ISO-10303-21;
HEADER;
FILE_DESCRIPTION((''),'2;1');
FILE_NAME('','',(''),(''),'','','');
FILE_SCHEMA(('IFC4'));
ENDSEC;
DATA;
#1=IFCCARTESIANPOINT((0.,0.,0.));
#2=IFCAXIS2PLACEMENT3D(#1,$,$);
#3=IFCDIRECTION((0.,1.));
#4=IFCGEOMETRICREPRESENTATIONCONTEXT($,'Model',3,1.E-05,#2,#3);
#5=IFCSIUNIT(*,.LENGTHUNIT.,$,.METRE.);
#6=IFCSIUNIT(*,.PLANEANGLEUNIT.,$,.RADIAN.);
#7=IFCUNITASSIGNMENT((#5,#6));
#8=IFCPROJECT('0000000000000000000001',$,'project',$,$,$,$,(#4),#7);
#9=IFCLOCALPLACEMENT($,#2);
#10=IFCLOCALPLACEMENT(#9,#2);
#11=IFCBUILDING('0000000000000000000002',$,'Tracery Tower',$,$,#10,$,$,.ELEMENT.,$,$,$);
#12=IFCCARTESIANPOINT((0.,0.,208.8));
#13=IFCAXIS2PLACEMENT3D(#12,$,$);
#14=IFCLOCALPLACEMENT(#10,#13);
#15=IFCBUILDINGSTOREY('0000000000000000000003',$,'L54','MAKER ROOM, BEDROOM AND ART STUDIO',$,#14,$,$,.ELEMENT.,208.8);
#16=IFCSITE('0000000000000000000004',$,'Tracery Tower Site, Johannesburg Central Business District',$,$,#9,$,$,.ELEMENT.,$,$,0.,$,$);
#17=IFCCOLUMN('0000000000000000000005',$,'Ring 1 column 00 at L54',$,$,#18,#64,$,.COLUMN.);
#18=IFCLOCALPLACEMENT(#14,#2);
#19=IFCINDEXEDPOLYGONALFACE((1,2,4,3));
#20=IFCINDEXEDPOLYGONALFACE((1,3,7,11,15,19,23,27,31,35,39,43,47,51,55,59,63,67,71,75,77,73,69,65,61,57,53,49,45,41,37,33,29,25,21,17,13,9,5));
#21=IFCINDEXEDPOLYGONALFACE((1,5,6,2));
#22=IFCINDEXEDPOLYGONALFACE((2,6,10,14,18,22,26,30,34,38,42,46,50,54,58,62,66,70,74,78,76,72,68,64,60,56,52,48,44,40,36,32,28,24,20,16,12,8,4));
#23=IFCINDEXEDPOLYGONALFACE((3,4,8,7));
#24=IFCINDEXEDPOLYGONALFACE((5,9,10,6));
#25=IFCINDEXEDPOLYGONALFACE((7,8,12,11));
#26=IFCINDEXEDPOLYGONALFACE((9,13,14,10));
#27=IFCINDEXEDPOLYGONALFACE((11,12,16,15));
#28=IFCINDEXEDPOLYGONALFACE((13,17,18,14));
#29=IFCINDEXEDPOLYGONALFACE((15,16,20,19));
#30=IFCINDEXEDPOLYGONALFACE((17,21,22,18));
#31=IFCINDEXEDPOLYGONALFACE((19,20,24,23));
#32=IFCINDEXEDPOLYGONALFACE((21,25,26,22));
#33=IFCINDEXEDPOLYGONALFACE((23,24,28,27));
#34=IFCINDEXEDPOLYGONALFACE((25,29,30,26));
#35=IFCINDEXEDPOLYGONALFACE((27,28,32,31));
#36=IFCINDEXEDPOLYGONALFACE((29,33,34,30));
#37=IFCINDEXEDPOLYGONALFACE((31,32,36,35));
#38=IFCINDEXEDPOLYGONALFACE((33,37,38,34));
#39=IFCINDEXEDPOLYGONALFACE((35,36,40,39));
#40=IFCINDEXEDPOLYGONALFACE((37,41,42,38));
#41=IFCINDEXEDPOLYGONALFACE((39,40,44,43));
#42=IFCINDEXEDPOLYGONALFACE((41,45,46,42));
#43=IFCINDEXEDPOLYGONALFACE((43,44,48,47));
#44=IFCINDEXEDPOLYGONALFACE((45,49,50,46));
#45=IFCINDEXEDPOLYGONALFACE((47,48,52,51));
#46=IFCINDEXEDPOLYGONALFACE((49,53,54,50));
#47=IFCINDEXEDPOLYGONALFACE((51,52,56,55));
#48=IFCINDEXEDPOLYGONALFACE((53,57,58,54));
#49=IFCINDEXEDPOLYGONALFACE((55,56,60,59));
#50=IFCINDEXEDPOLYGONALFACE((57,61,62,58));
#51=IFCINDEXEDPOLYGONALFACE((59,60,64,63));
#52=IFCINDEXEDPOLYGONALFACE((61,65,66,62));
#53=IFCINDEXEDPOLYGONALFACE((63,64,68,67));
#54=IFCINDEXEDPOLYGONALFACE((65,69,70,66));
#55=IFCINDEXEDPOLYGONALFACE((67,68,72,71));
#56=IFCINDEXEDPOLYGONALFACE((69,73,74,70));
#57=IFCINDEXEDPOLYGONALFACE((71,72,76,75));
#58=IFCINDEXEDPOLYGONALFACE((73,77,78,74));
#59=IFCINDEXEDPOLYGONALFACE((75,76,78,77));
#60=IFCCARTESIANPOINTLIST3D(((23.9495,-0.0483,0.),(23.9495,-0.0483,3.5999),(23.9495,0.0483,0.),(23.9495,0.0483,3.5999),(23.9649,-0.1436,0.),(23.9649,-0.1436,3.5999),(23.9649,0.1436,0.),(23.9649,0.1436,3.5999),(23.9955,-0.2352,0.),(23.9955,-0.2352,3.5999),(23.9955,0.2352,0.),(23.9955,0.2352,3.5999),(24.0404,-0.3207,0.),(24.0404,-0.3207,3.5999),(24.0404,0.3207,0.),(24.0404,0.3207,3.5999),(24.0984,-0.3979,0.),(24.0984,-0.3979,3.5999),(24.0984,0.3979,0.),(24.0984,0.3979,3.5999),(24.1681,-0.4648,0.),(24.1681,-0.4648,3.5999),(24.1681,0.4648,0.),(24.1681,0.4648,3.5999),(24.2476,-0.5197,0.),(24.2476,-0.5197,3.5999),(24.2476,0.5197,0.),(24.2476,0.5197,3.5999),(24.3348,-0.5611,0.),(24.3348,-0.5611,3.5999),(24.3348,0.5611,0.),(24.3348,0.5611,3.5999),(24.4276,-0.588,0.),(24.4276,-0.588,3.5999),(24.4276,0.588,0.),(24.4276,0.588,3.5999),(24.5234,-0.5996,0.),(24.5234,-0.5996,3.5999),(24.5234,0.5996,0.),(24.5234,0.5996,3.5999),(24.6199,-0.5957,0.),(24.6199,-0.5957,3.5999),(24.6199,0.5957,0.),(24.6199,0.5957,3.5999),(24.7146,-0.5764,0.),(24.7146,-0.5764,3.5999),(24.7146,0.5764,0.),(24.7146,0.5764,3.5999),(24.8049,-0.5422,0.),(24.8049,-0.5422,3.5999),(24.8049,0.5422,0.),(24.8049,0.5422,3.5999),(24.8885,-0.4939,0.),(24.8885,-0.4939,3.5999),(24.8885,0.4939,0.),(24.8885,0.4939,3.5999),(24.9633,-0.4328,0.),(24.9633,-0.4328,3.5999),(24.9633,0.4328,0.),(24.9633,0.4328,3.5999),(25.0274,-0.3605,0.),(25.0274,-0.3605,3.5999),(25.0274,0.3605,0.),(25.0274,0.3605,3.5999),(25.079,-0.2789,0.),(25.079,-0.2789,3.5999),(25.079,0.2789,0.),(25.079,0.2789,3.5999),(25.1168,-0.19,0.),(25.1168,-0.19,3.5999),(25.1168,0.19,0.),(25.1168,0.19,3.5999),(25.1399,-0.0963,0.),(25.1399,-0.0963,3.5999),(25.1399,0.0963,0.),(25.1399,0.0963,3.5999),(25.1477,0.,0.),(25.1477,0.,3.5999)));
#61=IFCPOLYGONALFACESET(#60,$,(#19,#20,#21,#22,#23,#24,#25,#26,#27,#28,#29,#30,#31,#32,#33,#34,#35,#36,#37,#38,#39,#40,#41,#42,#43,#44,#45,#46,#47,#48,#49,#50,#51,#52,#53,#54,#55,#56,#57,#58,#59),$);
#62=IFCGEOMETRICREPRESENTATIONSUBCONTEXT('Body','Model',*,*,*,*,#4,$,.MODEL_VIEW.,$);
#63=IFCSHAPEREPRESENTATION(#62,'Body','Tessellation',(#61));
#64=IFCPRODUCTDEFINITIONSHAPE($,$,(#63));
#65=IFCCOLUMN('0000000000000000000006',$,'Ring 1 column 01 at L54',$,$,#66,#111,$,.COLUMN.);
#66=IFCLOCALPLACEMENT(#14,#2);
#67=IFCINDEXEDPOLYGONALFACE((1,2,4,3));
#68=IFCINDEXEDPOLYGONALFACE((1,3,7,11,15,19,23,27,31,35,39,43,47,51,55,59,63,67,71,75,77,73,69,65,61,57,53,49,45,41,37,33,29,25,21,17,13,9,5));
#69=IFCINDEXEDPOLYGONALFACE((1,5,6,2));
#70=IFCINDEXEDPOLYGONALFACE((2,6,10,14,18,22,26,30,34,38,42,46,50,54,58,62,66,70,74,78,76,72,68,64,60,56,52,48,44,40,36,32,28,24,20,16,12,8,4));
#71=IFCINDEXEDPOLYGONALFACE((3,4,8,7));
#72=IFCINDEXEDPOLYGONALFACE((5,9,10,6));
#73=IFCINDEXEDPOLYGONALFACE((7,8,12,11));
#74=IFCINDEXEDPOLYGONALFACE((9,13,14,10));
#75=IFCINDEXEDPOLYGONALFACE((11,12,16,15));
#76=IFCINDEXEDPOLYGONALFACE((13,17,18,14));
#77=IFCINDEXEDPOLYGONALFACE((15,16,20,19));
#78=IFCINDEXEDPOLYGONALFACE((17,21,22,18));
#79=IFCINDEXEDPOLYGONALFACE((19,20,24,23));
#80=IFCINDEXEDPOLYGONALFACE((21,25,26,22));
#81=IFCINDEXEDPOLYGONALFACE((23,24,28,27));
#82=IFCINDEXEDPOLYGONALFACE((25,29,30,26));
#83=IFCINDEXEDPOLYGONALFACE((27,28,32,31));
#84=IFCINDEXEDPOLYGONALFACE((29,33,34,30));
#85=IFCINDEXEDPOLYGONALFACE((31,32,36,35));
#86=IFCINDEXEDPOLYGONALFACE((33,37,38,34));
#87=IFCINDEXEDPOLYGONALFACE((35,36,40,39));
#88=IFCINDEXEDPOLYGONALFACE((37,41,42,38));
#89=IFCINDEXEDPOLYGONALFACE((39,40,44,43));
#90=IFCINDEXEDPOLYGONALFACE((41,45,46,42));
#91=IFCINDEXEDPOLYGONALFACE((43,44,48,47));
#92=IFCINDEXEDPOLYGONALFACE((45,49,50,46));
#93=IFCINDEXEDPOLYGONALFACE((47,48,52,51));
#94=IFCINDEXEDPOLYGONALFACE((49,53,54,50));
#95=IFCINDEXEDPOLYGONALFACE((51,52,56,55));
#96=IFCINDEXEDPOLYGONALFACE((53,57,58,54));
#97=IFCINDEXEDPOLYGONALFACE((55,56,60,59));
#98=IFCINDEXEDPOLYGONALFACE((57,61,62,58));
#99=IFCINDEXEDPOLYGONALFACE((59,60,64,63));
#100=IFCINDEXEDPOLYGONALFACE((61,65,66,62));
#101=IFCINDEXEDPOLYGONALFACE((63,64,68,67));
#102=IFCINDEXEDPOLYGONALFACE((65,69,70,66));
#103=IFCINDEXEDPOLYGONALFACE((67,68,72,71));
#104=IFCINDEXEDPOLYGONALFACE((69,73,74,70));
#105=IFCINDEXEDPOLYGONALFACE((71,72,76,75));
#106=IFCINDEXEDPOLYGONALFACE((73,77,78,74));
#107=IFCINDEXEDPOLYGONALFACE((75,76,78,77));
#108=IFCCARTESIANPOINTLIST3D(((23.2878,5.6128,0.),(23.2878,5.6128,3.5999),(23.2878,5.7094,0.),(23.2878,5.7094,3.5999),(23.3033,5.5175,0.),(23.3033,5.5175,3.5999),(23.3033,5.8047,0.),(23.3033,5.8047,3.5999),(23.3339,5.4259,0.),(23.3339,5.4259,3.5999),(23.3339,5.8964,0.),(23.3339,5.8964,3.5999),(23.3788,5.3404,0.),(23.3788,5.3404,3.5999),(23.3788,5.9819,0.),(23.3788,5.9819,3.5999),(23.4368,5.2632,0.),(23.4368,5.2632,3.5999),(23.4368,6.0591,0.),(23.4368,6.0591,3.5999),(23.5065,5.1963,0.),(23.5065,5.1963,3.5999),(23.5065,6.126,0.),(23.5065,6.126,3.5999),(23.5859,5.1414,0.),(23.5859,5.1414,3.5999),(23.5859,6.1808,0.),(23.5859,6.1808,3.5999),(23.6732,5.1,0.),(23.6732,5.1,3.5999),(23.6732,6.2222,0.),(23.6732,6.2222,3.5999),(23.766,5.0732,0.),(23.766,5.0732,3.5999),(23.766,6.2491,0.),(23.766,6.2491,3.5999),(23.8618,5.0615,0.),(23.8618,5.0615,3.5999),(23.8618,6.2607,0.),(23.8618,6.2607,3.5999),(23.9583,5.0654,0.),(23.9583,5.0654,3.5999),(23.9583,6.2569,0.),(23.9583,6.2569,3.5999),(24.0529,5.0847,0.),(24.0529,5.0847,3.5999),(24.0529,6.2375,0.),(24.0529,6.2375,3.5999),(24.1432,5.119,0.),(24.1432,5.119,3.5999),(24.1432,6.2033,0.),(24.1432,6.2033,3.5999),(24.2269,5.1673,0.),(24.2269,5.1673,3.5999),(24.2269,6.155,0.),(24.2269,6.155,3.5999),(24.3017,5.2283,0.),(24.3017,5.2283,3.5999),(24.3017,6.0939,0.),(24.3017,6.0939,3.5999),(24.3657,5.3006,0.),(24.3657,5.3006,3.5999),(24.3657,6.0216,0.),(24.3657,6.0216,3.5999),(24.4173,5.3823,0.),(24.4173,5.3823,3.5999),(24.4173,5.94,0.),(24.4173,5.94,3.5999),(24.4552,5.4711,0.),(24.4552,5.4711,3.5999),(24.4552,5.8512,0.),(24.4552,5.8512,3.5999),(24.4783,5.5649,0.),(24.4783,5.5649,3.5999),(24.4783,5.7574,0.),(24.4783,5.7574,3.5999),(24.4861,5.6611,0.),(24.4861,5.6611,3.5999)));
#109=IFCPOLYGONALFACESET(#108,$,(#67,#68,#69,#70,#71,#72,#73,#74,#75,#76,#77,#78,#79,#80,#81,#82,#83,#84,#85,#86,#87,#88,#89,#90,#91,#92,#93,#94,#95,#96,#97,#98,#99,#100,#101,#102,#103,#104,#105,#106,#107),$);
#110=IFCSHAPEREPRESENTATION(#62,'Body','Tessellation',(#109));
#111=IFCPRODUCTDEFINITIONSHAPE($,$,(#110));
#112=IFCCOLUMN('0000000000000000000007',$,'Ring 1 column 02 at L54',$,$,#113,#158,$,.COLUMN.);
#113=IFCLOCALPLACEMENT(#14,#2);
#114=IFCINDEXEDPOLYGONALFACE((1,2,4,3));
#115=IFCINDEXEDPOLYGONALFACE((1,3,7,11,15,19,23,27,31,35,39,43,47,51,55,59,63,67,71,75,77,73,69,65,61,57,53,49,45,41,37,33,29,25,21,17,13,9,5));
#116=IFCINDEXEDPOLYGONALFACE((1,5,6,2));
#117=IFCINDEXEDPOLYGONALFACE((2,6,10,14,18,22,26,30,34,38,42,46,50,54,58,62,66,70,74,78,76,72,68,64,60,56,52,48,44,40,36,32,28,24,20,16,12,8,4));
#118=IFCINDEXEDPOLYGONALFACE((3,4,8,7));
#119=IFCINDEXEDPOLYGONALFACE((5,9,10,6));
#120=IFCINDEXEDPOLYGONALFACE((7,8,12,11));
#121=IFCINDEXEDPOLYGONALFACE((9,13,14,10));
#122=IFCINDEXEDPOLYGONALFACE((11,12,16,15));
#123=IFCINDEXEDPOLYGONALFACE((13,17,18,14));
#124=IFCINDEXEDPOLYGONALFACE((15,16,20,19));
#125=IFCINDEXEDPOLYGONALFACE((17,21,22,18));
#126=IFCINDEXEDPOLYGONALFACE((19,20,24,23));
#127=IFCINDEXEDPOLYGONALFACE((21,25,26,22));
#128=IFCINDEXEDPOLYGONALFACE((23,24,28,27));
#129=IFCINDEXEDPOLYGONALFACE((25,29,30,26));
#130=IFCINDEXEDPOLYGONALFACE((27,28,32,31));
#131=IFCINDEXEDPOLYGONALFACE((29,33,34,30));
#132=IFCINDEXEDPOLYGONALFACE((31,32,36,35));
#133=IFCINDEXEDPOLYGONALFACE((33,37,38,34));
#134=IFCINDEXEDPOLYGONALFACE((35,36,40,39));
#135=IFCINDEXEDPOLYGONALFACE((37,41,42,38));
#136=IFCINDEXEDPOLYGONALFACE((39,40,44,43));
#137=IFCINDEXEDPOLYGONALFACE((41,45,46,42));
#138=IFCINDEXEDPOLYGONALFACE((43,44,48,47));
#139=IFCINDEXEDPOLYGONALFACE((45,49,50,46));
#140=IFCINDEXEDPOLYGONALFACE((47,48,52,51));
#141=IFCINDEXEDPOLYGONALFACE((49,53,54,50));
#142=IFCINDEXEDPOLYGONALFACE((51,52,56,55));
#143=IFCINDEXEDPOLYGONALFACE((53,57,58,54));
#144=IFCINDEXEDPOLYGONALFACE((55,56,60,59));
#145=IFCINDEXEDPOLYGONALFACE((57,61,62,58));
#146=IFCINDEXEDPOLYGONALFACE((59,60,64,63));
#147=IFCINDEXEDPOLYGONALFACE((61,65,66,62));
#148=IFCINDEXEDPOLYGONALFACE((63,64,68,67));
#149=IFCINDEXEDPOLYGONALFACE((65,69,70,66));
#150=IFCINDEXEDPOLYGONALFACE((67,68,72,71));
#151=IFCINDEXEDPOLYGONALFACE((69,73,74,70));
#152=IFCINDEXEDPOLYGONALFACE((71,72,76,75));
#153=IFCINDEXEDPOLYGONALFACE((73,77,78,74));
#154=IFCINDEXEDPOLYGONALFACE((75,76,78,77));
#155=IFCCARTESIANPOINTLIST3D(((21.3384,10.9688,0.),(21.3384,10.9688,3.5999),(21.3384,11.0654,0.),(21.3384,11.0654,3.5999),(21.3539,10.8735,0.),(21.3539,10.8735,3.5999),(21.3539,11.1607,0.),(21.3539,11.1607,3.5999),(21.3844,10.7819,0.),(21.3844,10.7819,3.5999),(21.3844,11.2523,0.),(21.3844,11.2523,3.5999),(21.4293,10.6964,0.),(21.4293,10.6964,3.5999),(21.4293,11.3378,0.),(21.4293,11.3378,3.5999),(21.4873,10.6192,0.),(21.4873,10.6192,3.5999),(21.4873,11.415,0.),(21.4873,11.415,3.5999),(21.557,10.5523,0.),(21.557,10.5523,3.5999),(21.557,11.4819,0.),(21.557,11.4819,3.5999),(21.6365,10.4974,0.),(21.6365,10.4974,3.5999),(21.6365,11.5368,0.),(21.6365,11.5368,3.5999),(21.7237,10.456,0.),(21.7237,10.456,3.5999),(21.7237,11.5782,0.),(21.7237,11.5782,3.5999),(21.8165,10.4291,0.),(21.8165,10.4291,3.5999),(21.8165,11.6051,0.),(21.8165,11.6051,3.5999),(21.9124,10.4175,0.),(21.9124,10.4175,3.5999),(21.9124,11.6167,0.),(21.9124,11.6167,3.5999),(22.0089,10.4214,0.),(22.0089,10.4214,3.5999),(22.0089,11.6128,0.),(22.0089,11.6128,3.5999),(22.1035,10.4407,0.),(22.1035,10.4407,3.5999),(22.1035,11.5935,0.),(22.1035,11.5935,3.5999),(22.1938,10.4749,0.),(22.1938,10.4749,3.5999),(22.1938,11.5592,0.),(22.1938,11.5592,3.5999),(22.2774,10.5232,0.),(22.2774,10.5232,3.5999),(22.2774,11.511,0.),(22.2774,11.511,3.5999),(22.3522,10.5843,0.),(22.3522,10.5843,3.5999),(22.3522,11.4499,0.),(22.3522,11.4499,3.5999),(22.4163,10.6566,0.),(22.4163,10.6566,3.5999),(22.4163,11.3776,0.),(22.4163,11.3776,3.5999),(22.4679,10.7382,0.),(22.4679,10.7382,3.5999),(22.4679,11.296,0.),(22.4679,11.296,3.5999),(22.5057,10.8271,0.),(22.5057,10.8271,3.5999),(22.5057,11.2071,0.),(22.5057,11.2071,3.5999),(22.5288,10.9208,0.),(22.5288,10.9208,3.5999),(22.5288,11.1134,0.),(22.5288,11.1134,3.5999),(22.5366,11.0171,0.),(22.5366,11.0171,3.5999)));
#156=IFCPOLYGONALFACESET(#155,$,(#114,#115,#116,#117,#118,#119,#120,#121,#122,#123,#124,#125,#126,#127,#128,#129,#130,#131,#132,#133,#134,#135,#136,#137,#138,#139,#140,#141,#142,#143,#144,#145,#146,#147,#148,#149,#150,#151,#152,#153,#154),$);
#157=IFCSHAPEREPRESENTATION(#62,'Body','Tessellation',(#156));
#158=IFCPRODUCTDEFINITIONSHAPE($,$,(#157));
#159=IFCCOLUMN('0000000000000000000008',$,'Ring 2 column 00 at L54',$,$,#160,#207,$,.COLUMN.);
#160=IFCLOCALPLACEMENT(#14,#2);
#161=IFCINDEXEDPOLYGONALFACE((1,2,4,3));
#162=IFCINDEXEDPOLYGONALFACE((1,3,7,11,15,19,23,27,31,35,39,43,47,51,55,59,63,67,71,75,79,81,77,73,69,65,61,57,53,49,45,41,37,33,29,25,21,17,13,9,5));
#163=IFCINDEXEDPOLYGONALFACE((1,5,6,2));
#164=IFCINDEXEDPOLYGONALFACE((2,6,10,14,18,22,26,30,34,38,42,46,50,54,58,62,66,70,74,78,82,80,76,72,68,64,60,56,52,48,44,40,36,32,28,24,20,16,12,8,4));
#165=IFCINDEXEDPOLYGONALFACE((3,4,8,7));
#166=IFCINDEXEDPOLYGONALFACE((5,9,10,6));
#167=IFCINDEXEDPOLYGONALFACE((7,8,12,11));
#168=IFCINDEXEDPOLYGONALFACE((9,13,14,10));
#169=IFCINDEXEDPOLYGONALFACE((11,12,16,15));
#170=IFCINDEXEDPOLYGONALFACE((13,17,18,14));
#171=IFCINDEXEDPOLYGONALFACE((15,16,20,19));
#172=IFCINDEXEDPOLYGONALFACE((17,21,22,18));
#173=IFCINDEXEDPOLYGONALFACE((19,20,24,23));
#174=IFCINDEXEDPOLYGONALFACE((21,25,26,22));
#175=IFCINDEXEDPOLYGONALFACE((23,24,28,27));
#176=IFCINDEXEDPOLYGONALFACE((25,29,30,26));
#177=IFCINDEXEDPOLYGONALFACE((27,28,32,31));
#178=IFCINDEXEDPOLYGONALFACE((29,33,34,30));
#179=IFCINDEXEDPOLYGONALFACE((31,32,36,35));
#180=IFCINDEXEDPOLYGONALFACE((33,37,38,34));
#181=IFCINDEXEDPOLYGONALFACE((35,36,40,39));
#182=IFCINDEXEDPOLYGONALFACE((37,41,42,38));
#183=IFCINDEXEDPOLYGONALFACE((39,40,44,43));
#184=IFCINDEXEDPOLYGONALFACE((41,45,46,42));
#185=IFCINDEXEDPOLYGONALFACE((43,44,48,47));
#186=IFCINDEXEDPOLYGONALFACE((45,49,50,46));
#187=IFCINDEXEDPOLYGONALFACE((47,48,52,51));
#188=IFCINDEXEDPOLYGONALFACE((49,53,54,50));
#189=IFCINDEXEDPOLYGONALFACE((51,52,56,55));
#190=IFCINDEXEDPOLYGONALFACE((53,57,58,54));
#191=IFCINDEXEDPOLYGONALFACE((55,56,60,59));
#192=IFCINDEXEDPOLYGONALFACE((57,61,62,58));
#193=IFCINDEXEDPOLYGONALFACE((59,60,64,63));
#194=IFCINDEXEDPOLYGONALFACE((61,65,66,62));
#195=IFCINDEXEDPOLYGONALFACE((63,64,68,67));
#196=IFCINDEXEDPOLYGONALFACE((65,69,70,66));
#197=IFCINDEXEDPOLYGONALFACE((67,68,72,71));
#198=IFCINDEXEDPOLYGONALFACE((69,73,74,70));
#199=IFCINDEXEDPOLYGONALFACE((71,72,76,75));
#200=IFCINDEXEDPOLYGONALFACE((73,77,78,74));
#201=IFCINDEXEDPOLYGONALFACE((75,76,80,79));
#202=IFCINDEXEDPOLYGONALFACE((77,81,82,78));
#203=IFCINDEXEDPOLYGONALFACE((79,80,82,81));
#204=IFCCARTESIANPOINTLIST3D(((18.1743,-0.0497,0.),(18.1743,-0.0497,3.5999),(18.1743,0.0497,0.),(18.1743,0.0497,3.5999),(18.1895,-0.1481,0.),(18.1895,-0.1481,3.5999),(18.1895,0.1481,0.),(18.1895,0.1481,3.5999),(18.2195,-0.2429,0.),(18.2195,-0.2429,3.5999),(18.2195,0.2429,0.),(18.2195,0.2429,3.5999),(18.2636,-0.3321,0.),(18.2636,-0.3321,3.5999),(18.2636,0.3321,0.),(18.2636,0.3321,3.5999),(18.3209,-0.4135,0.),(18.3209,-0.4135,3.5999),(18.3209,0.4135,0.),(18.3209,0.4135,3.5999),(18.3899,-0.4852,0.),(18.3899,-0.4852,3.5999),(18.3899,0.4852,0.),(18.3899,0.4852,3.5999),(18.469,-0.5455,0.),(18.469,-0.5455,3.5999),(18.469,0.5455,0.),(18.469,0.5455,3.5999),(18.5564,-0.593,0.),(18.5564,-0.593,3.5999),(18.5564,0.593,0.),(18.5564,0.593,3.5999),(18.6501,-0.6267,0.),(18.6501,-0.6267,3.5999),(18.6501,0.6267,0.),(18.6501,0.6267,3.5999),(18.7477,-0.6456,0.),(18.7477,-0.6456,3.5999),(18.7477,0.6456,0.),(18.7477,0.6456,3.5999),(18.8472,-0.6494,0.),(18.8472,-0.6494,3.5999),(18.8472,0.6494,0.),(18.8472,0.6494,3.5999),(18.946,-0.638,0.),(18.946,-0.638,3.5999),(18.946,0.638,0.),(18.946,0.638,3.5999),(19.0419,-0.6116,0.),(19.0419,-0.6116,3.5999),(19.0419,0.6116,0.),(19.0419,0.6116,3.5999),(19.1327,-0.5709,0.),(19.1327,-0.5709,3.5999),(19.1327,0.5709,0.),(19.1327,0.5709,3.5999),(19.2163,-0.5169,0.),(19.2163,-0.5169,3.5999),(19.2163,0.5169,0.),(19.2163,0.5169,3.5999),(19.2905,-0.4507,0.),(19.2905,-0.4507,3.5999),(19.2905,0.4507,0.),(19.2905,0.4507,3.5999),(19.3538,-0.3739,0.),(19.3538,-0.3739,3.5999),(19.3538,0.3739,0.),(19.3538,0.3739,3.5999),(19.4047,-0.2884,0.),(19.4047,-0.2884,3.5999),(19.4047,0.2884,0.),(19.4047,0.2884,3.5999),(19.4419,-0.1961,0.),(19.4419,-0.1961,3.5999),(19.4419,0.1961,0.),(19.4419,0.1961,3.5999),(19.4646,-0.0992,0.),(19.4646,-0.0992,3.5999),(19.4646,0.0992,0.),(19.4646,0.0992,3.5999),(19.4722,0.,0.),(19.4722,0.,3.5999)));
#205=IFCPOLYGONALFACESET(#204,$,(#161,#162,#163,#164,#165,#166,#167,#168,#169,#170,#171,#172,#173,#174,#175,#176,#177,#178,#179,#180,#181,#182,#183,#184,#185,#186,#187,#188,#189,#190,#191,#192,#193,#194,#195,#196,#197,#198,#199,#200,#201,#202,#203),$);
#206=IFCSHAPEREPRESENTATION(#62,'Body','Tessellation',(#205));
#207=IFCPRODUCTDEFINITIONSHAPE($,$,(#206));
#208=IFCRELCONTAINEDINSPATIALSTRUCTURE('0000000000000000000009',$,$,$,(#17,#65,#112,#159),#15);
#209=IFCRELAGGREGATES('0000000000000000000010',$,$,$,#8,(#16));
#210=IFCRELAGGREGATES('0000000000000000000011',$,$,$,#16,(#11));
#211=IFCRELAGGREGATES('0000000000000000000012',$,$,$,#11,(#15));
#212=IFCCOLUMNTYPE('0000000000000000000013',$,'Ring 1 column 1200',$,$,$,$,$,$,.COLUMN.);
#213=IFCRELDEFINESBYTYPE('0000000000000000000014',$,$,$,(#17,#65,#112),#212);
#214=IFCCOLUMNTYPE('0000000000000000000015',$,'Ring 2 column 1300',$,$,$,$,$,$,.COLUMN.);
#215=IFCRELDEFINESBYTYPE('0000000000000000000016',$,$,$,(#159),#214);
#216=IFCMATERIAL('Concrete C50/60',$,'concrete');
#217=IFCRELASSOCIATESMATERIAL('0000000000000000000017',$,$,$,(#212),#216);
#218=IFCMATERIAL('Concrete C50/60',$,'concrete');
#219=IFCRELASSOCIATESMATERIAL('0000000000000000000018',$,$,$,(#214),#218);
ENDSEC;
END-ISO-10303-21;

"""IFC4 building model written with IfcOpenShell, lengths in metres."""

from ifc_helpers import new_model, si_unit, direction, frame, origin, origin_2d, place, context, subcontext, project, spatial, circle, extrude, material, material_profile, profile_set, type_object, element, save


model = new_model("IFC4")

# Units and contexts
model_context = context("Model", 3, precision=1e-05, world=origin(), true_north=direction((0.0, 1.0)))
body_context = subcontext(model_context, "Body", "Model", "MODEL_VIEW")
ifc_project = project(units=[si_unit("LENGTHUNIT", "METRE"), si_unit("PLANEANGLEUNIT", "RADIAN")], contexts=[model_context])

# Site, building, storey
site_placement = place(None, origin())
site = spatial("IfcSite", under=ifc_project, at=site_placement, Name="Tracery Tower Site, Johannesburg Central Business District", CompositionType="ELEMENT", RefElevation=0.0)
building_placement = place(site_placement, origin())
building = spatial("IfcBuilding", under=site, at=building_placement, Name="Tracery Tower", CompositionType="ELEMENT")
storey_placement = place(building_placement, frame((0.0, 0.0, 208.8)))
storey = spatial("IfcBuildingStorey", under=building, at=storey_placement, Name="L54", Description="MAKER ROOM, BEDROOM AND ART STUDIO", CompositionType="ELEMENT", Elevation=208.8)

# Columns
ifc_material_1 = material(Name="Concrete C50/60", Category="concrete")
ifc_material_profile_1 = material_profile(ifc_material_1, circle(Radius=0.6001, at=origin_2d()), Name="RC D1200")
ifc_profile_set_1 = profile_set([ifc_material_profile_1], Name="Concrete C50/60")
column_type_1 = type_object("IfcColumnType", Name="Ring 1 column 1200", PredefinedType="COLUMN", material=ifc_profile_set_1)
for number, where, z_axis, x_axis, name in (
    (1, (24.5476, 0.0, 0.0), (0.0, 0.0, 1.0), (1.0, 0.0, 0.0), "Ring 1 column 00 at L54"),
    (2, (23.886, 5.6611, 0.0), (0.0, 0.0, 1.0), (1.0, 0.0, 0.0), "Ring 1 column 01 at L54"),
    (3, (21.9365, 11.0171, 0.0), (0.0, 0.0, 1.0), (1.0, 0.0, 0.0), "Ring 1 column 02 at L54"),
):
    element("IfcColumn", number, at=place(storey_placement, frame(where, z_axis=z_axis, x_axis=x_axis)), inside=storey, type_object=column_type_1, Name=name, PredefinedType="COLUMN", context=body_context, shape_type="SweptSolid", body=[
        extrude(circle(Radius=0.6001, at=origin_2d()), origin(), (0.0, 0.0, 1.0), 3.5999),
    ])
ifc_material_2 = material(Name="Concrete C50/60", Category="concrete")
ifc_material_profile_2 = material_profile(ifc_material_2, circle(Radius=0.6499, at=origin_2d()), Name="RC D1300")
ifc_profile_set_2 = profile_set([ifc_material_profile_2], Name="Concrete C50/60")
column_type_2 = type_object("IfcColumnType", Name="Ring 2 column 1300", PredefinedType="COLUMN", material=ifc_profile_set_2)
for number, where, z_axis, x_axis, name in (
    (4, (18.8223, 0.0, 0.0), (0.0, 0.0, 1.0), (1.0, 0.0, 0.0), "Ring 2 column 00 at L54"),
):
    element("IfcColumn", number, at=place(storey_placement, frame(where, z_axis=z_axis, x_axis=x_axis)), inside=storey, type_object=column_type_2, Name=name, PredefinedType="COLUMN", context=body_context, shape_type="SweptSolid", body=[
        extrude(circle(Radius=0.6499, at=origin_2d()), origin(), (0.0, 0.0, 1.0), 3.5999),
    ])

save(model, "model.ifc")
